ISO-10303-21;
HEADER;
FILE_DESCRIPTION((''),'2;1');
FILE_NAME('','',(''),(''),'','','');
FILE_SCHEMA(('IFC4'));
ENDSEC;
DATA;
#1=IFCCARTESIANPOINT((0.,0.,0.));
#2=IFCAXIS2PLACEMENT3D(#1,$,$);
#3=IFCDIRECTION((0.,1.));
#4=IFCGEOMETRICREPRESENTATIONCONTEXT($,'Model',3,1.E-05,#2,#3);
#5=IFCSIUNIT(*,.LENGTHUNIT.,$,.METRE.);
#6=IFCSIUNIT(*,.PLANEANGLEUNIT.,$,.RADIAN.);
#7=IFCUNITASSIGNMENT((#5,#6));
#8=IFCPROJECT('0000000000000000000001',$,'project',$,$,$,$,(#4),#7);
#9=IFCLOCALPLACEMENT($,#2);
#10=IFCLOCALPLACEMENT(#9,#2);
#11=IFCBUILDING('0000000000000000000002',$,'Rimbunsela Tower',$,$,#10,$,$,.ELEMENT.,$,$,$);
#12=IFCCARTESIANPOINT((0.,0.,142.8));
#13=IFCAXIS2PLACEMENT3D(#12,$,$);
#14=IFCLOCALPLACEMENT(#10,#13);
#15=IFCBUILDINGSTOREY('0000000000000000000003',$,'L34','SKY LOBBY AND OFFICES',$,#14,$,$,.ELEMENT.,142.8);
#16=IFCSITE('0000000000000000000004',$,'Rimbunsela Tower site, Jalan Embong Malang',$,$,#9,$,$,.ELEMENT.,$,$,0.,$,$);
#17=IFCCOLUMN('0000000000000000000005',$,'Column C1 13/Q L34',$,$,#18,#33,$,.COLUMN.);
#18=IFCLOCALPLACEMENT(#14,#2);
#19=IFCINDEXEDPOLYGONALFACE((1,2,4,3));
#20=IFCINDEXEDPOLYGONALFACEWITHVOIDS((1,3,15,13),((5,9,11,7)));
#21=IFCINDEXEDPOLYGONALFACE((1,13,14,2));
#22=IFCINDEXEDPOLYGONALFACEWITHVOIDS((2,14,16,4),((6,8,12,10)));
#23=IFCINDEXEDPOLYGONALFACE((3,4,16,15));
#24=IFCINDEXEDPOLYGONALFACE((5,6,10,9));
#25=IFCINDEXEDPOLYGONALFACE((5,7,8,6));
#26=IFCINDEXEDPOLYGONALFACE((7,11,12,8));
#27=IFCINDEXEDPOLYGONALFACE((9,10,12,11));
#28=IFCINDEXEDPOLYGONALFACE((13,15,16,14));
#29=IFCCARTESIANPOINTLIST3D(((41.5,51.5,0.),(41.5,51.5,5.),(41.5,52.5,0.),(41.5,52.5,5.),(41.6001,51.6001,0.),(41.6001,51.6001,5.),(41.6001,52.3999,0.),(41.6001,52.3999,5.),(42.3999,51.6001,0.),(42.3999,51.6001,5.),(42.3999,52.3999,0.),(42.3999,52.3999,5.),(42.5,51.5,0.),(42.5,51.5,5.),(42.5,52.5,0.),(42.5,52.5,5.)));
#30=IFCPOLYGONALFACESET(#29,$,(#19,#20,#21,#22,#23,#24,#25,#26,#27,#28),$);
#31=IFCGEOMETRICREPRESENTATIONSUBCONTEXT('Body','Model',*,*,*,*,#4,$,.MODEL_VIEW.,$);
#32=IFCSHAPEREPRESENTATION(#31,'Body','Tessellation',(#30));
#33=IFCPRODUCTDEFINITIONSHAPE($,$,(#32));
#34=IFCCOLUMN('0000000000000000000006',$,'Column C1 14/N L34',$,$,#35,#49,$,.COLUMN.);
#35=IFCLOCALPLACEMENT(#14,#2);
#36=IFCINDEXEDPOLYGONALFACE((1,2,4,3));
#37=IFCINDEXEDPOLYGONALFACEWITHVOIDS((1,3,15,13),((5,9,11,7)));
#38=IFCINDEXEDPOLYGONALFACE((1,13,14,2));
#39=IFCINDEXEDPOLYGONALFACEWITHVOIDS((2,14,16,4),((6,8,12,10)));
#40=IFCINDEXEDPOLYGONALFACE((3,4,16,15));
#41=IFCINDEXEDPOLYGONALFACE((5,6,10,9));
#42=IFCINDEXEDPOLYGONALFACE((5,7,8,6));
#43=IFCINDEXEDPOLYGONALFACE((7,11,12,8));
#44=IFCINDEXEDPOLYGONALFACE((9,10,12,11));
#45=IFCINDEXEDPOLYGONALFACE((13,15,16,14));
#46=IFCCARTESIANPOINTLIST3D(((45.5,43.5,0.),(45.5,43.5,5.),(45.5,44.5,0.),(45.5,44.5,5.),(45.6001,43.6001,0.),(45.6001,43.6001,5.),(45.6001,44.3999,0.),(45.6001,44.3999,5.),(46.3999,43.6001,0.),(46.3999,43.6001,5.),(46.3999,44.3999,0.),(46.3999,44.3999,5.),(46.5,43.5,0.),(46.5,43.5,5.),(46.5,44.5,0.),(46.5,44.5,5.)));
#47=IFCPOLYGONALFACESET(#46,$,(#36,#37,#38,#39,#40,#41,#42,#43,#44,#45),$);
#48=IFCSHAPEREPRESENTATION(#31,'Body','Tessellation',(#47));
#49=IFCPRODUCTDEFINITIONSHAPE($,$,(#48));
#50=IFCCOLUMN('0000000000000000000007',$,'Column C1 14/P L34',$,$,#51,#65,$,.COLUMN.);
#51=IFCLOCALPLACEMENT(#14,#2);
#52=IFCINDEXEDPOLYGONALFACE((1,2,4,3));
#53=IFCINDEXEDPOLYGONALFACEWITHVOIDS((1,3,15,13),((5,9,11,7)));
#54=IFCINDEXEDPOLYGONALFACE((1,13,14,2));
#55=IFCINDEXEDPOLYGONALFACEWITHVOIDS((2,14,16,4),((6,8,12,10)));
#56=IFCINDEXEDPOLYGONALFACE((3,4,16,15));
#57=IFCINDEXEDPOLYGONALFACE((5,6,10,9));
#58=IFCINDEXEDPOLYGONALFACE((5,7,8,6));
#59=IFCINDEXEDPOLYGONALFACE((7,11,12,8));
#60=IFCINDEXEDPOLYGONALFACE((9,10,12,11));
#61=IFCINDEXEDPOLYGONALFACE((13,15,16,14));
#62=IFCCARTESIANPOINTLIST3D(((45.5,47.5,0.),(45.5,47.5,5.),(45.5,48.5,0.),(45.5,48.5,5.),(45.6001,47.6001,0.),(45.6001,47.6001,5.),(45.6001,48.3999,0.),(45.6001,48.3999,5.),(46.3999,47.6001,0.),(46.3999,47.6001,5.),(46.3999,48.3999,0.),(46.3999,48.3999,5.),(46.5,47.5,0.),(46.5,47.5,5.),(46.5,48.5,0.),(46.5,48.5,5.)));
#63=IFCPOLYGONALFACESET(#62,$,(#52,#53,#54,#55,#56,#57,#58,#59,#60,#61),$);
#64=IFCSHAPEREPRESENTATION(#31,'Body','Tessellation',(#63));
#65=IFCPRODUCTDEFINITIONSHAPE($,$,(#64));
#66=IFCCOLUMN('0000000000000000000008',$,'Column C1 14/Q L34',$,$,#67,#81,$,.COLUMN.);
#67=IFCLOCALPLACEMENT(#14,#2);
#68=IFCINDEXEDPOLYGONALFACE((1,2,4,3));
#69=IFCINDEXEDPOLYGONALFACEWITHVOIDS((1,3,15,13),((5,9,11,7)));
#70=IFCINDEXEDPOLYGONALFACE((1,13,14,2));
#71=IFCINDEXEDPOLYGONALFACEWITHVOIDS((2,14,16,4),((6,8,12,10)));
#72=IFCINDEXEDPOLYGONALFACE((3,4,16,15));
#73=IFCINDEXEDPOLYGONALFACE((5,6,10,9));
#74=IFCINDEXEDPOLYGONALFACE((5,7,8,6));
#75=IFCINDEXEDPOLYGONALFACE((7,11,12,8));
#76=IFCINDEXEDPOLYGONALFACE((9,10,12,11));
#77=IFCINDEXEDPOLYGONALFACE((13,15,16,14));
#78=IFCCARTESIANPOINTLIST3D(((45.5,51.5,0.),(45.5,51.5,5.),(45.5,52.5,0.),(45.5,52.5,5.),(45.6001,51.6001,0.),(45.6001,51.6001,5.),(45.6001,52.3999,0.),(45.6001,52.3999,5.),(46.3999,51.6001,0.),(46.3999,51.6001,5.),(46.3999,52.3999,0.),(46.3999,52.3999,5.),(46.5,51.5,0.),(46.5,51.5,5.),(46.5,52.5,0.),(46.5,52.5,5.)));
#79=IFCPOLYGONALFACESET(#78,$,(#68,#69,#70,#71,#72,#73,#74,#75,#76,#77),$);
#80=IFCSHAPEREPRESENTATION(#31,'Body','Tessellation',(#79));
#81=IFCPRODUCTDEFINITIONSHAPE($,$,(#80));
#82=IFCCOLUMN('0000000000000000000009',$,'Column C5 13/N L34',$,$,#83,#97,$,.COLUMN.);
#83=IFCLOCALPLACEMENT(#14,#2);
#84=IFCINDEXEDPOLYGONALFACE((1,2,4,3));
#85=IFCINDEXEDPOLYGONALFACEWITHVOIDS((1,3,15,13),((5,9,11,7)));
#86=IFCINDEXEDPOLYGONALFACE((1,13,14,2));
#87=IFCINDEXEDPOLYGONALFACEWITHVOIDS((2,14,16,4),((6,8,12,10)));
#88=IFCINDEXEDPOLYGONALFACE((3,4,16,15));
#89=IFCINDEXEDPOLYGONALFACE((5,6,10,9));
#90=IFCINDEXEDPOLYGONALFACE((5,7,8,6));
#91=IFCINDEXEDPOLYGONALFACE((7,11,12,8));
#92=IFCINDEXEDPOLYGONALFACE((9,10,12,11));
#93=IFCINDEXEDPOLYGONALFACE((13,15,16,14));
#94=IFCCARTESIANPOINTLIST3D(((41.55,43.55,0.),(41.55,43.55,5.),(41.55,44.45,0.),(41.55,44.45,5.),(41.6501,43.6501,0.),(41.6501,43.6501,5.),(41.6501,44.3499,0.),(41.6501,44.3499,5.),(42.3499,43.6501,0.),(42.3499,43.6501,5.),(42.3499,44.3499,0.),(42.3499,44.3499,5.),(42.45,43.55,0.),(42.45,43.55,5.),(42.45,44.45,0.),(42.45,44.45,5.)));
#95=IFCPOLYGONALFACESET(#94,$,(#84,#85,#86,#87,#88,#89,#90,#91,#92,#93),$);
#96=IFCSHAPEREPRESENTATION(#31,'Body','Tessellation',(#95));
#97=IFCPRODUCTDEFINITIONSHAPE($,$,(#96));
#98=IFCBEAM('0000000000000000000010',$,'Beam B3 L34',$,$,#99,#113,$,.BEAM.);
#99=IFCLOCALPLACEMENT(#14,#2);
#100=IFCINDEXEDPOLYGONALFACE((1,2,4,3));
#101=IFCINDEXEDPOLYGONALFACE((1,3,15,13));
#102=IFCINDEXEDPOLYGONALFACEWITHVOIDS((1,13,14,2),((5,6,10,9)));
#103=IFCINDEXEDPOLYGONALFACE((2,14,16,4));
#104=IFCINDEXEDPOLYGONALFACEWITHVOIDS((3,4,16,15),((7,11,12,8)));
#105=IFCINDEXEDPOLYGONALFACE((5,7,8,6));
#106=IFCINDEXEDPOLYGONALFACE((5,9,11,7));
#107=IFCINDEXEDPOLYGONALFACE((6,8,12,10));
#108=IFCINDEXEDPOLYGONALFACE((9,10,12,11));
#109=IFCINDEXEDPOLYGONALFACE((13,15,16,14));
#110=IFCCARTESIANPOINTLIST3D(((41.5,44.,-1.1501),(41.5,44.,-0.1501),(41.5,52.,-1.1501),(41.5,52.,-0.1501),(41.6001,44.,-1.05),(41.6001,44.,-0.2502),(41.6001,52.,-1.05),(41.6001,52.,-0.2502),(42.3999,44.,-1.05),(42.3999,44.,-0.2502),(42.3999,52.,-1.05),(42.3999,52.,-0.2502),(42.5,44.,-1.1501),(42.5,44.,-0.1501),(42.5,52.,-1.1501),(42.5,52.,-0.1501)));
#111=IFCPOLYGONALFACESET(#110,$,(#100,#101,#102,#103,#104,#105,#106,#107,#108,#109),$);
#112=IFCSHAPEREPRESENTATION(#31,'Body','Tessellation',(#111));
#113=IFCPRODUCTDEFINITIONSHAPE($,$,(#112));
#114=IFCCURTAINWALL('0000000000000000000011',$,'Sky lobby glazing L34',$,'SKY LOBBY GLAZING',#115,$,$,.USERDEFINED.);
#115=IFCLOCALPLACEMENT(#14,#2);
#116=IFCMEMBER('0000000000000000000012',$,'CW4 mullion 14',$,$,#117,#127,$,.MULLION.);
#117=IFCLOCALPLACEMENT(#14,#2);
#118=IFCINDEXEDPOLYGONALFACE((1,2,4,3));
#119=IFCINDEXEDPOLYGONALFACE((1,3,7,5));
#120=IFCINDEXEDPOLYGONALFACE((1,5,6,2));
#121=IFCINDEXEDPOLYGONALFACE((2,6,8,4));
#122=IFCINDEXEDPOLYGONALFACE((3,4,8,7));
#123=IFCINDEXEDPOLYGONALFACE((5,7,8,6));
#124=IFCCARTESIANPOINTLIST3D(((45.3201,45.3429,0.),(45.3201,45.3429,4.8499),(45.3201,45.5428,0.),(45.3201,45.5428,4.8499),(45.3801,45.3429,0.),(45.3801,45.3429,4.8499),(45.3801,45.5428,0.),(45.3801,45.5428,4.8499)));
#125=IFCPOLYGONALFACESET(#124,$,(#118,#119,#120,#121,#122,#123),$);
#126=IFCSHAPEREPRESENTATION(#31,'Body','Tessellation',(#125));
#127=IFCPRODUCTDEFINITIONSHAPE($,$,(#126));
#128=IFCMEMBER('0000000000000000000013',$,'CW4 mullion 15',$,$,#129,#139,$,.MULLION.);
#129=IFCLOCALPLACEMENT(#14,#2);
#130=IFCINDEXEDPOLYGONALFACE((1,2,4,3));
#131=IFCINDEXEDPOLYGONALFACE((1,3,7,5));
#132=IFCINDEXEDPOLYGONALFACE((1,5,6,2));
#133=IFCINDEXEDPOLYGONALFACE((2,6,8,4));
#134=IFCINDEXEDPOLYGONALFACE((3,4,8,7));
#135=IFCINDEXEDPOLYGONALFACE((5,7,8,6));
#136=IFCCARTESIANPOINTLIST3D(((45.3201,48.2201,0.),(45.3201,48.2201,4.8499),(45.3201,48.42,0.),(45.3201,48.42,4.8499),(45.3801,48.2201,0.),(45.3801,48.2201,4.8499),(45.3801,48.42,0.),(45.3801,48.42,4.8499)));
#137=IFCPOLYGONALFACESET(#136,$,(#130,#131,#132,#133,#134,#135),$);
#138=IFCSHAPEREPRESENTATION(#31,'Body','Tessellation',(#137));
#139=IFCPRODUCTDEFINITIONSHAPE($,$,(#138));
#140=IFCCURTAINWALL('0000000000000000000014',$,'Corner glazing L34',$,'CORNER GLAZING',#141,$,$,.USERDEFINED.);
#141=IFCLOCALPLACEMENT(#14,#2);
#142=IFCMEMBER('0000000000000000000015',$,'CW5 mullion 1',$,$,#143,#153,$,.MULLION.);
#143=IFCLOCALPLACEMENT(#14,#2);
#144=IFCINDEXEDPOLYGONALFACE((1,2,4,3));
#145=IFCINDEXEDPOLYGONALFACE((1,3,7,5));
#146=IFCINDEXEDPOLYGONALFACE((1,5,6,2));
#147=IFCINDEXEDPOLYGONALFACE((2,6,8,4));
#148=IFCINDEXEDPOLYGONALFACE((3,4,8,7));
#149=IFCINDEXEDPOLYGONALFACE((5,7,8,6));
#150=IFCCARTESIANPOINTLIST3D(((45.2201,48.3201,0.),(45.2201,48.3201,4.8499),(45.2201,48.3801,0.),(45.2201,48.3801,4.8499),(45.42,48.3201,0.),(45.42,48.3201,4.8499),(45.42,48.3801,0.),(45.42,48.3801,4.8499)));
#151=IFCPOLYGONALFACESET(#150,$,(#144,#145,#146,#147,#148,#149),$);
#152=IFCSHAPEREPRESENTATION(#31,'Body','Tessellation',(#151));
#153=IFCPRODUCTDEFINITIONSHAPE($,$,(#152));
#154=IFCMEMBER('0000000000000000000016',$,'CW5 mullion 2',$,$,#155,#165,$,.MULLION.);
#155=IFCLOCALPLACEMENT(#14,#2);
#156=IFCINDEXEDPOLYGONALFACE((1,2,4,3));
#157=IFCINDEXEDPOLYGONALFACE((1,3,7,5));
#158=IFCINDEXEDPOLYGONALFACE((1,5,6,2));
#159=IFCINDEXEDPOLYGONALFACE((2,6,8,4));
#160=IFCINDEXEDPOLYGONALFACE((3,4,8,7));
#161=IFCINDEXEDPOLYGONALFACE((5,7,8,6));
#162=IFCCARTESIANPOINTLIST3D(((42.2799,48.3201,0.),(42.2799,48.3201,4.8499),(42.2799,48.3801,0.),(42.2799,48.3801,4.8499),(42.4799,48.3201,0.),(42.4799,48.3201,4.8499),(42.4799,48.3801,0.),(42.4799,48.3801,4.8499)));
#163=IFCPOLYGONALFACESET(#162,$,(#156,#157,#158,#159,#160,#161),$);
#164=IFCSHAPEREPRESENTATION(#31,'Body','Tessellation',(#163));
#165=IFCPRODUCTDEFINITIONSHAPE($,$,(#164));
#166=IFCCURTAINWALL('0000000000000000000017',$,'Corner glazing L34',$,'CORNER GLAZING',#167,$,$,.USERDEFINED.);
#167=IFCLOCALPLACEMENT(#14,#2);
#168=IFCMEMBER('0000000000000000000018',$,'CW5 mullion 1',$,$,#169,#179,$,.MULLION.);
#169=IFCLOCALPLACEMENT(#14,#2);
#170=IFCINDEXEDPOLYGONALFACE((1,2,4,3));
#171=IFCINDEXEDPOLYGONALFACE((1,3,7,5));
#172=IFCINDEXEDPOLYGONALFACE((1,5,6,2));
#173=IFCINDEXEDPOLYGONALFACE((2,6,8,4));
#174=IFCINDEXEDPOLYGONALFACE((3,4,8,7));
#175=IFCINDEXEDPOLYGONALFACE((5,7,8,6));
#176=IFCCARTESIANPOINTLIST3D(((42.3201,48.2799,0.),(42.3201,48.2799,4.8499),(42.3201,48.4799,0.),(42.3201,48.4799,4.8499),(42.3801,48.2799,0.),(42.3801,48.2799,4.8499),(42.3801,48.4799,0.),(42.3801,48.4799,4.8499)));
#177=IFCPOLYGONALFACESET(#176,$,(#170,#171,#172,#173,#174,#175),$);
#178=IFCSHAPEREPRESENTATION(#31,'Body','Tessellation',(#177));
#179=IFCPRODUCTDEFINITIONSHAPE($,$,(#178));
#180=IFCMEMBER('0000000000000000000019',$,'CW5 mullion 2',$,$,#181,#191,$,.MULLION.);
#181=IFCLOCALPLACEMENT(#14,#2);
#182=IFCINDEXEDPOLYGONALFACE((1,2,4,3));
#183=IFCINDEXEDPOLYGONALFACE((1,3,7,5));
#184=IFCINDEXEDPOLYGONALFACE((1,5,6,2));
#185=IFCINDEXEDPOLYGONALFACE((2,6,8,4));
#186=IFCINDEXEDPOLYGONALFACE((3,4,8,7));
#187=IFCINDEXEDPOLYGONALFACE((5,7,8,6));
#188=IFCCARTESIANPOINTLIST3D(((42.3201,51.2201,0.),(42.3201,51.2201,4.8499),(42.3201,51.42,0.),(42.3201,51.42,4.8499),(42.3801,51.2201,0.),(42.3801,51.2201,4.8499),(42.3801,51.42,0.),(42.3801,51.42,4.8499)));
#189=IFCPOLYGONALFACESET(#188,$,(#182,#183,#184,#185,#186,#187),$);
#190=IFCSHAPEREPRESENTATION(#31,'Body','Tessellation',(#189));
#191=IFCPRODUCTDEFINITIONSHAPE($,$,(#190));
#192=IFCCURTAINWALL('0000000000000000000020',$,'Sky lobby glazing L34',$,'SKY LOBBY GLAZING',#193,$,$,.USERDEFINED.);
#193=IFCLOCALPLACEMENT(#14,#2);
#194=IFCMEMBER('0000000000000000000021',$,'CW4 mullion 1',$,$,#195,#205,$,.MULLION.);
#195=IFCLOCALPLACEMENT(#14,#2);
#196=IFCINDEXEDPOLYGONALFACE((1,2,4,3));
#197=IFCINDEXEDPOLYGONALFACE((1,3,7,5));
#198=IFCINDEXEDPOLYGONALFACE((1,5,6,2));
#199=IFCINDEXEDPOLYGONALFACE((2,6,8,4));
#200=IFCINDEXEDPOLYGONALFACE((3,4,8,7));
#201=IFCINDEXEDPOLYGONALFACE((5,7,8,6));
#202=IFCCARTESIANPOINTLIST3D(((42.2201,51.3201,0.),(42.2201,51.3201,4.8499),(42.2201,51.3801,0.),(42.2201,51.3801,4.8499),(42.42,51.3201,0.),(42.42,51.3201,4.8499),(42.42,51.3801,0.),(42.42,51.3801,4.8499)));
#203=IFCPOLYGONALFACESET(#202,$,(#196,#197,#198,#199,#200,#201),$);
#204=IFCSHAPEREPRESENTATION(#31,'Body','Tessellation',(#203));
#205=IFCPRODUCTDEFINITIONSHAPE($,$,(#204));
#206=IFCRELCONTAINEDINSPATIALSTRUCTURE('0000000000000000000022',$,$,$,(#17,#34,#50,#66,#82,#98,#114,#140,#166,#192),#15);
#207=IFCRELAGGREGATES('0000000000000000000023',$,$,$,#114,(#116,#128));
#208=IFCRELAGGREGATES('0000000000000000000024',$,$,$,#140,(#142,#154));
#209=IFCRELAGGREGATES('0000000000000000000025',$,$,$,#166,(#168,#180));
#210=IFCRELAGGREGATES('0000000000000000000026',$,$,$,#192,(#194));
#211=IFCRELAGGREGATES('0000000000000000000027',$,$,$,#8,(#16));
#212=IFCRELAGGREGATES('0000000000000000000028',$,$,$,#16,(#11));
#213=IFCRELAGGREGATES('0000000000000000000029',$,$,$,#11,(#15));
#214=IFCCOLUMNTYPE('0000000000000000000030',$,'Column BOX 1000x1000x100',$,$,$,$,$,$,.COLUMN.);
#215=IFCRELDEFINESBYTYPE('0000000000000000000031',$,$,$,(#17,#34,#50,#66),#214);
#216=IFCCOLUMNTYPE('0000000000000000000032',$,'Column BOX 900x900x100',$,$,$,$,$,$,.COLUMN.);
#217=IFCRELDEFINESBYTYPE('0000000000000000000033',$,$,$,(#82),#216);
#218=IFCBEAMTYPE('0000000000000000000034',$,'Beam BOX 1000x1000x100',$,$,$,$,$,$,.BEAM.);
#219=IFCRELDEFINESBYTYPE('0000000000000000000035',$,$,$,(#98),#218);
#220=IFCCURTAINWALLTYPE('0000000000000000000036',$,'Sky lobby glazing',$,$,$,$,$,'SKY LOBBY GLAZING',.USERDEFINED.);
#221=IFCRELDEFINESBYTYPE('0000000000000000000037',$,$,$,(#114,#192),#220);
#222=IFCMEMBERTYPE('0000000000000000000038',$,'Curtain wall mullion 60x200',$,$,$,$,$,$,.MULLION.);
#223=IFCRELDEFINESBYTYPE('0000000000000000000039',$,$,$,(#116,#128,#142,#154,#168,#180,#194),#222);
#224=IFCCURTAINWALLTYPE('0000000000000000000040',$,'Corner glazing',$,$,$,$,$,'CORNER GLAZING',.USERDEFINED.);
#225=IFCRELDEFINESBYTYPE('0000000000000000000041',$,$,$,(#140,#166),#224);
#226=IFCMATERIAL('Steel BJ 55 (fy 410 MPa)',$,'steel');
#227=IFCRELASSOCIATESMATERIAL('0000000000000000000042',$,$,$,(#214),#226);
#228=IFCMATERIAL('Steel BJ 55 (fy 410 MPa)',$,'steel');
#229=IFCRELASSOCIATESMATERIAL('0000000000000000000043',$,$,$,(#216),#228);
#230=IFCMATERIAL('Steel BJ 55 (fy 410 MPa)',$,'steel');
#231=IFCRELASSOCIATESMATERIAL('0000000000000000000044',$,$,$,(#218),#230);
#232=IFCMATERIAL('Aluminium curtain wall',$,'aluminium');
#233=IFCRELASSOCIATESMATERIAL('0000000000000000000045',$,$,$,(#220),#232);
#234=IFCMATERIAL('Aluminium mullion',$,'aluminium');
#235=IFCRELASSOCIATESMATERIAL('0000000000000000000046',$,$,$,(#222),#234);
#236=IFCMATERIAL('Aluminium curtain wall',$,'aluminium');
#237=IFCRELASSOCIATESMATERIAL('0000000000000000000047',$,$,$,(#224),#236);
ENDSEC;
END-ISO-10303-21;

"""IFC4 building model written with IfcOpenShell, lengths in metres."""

from ifc_helpers import new_model, si_unit, direction, frame, origin, origin_2d, place, context, subcontext, project, spatial, rectangle, hollow_rectangle, extrude, material, material_profile, profile_set, type_object, element, aggregate, save


model = new_model("IFC4")

# Units and contexts
model_context = context("Model", 3, precision=1e-05, world=origin(), true_north=direction((0.0, 1.0)))
body_context = subcontext(model_context, "Body", "Model", "MODEL_VIEW")
ifc_project = project(units=[si_unit("LENGTHUNIT", "METRE"), si_unit("PLANEANGLEUNIT", "RADIAN")], contexts=[model_context])

# Site, building, storey
site_placement = place(None, origin())
site = spatial("IfcSite", under=ifc_project, at=site_placement, Name="Rimbunsela Tower site, Jalan Embong Malang", CompositionType="ELEMENT", RefElevation=0.0)
building_placement = place(site_placement, origin())
building = spatial("IfcBuilding", under=site, at=building_placement, Name="Rimbunsela Tower", CompositionType="ELEMENT")
storey_placement = place(building_placement, frame((0.0, 0.0, 142.8)))
storey = spatial("IfcBuildingStorey", under=building, at=storey_placement, Name="L34", Description="SKY LOBBY AND OFFICES", CompositionType="ELEMENT", Elevation=142.8)

# Columns
ifc_material_1 = material(Name="Steel BJ 55 (fy 410 MPa)", Category="steel")
ifc_material_profile_1 = material_profile(ifc_material_1, hollow_rectangle(XDim=1.0, YDim=1.0, WallThickness=0.1001, at=origin_2d()), Name="BOX 1000x1000x100")
ifc_profile_set_1 = profile_set([ifc_material_profile_1], Name="Steel BJ 55 (fy 410 MPa)")
column_type_1 = type_object("IfcColumnType", Name="Column BOX 1000x1000x100", PredefinedType="COLUMN", material=ifc_profile_set_1)
for number, where, z_axis, x_axis, name in (
    (1, (42.0, 52.0, 0.0), (0.0, 0.0, 1.0), (1.0, 0.0, 0.0), "Column C1 13/Q L34"),
    (2, (46.0, 44.0, 0.0), (0.0, 0.0, 1.0), (1.0, 0.0, 0.0), "Column C1 14/N L34"),
    (3, (46.0, 48.0, 0.0), (0.0, 0.0, 1.0), (1.0, 0.0, 0.0), "Column C1 14/P L34"),
    (4, (46.0, 52.0, 0.0), (0.0, 0.0, 1.0), (1.0, 0.0, 0.0), "Column C1 14/Q L34"),
):
    element("IfcColumn", number, at=place(storey_placement, frame(where, z_axis=z_axis, x_axis=x_axis)), inside=storey, type_object=column_type_1, Name=name, PredefinedType="COLUMN", context=body_context, shape_type="SweptSolid", body=[
        extrude(hollow_rectangle(XDim=1.0, YDim=1.0, WallThickness=0.1001, at=origin_2d()), origin(), (0.0, 0.0, 1.0), 5.0),
    ])
ifc_material_2 = material(Name="Steel BJ 55 (fy 410 MPa)", Category="steel")
ifc_material_profile_2 = material_profile(ifc_material_2, hollow_rectangle(XDim=0.8999, YDim=0.8999, WallThickness=0.1001, at=origin_2d()), Name="BOX 900x900x100")
ifc_profile_set_2 = profile_set([ifc_material_profile_2], Name="Steel BJ 55 (fy 410 MPa)")
column_type_2 = type_object("IfcColumnType", Name="Column BOX 900x900x100", PredefinedType="COLUMN", material=ifc_profile_set_2)
column_placement = place(storey_placement, frame((42.0, 44.0, 0.0), z_axis=(0.0, 0.0, 1.0), x_axis=(1.0, 0.0, 0.0)))
element("IfcColumn", 5, at=column_placement, inside=storey, type_object=column_type_2, Name="Column C5 13/N L34", PredefinedType="COLUMN", context=body_context, shape_type="SweptSolid", body=[
    extrude(hollow_rectangle(XDim=0.8999, YDim=0.8999, WallThickness=0.1001, at=origin_2d()), origin(), (0.0, 0.0, 1.0), 5.0),
])

# Beam
ifc_material_3 = material(Name="Steel BJ 55 (fy 410 MPa)", Category="steel")
ifc_material_profile_3 = material_profile(ifc_material_3, hollow_rectangle(XDim=1.0, YDim=1.0, WallThickness=0.1001, at=origin_2d()), Name="BOX 1000x1000x100")
ifc_profile_set_3 = profile_set([ifc_material_profile_3], Name="Steel BJ 55 (fy 410 MPa)")
beam_type = type_object("IfcBeamType", Name="Beam BOX 1000x1000x100", PredefinedType="BEAM", material=ifc_profile_set_3)
beam_placement = place(storey_placement, frame((42.0, 44.0, -0.6501), z_axis=(0.0, 1.0, 0.0), x_axis=(-1.0, 0.0, 0.0)))
element("IfcBeam", 6, at=beam_placement, inside=storey, type_object=beam_type, Name="Beam B3 L34", PredefinedType="BEAM", context=body_context, shape_type="SweptSolid", body=[
    extrude(hollow_rectangle(XDim=1.0, YDim=1.0, WallThickness=0.1001, at=origin_2d()), origin(), (0.0, 0.0, 1.0), 8.0),
])

# Curtain walls, members
ifc_material_4 = material(Name="Aluminium curtain wall", Category="aluminium")
curtain_wall_type_1 = type_object("IfcCurtainWallType", Name="Sky lobby glazing", ElementType="SKY LOBBY GLAZING", PredefinedType="USERDEFINED", material=ifc_material_4)
curtain_wall_1_placement = place(storey_placement, origin())
curtain_wall_1 = element("IfcCurtainWall", 7, at=curtain_wall_1_placement, inside=storey, type_object=curtain_wall_type_1, Name="Sky lobby glazing L34", ObjectType="SKY LOBBY GLAZING", PredefinedType="USERDEFINED")
ifc_material_5 = material(Name="Aluminium mullion", Category="aluminium")
ifc_material_profile_4 = material_profile(ifc_material_5, rectangle(XDim=0.0601, YDim=0.2, at=origin_2d()), Name="Mullion 60x200")
ifc_profile_set_4 = profile_set([ifc_material_profile_4], Name="Aluminium mullion")
member_type_1 = type_object("IfcMemberType", Name="Curtain wall mullion 60x200", PredefinedType="MULLION", material=ifc_profile_set_4)
member_1_placement = place(storey_placement, frame((45.3501, 45.4429, 0.0), z_axis=(0.0, 0.0, 1.0), x_axis=(-1.0, 0.0, 0.0)))
member_1 = element("IfcMember", 8, at=member_1_placement, type_object=member_type_1, Name="CW4 mullion 14", PredefinedType="MULLION", context=body_context, shape_type="SweptSolid", body=[
    extrude(rectangle(XDim=0.0601, YDim=0.2, at=origin_2d()), origin(), (0.0, 0.0, 1.0), 4.8499),
])
member_2_placement = place(storey_placement, frame((45.3501, 48.3201, 0.0), z_axis=(0.0, 0.0, 1.0), x_axis=(-1.0, 0.0, 0.0)))
member_2 = element("IfcMember", 9, at=member_2_placement, type_object=member_type_1, Name="CW4 mullion 15", PredefinedType="MULLION", context=body_context, shape_type="SweptSolid", body=[
    extrude(rectangle(XDim=0.0601, YDim=0.2, at=origin_2d()), origin(), (0.0, 0.0, 1.0), 4.8499),
])
ifc_material_6 = material(Name="Aluminium curtain wall", Category="aluminium")
curtain_wall_type_2 = type_object("IfcCurtainWallType", Name="Corner glazing", ElementType="CORNER GLAZING", PredefinedType="USERDEFINED", material=ifc_material_6)
curtain_wall_2_placement = place(storey_placement, origin())
curtain_wall_2 = element("IfcCurtainWall", 10, at=curtain_wall_2_placement, inside=storey, type_object=curtain_wall_type_2, Name="Corner glazing L34", ObjectType="CORNER GLAZING", PredefinedType="USERDEFINED")
member_3_placement = place(storey_placement, frame((45.3201, 48.3501, 0.0), z_axis=(0.0, 0.0, 1.0), x_axis=(0.0, -1.0, 0.0)))
member_3 = element("IfcMember", 11, at=member_3_placement, type_object=member_type_1, Name="CW5 mullion 1", PredefinedType="MULLION", context=body_context, shape_type="SweptSolid", body=[
    extrude(rectangle(XDim=0.0601, YDim=0.2, at=origin_2d()), origin(), (0.0, 0.0, 1.0), 4.8499),
])
member_4_placement = place(storey_placement, frame((42.3799, 48.3501, 0.0), z_axis=(0.0, 0.0, 1.0), x_axis=(0.0, -1.0, 0.0)))
member_4 = element("IfcMember", 12, at=member_4_placement, type_object=member_type_1, Name="CW5 mullion 2", PredefinedType="MULLION", context=body_context, shape_type="SweptSolid", body=[
    extrude(rectangle(XDim=0.0601, YDim=0.2, at=origin_2d()), origin(), (0.0, 0.0, 1.0), 4.8499),
])
curtain_wall_3_placement = place(storey_placement, origin())
curtain_wall_3 = element("IfcCurtainWall", 13, at=curtain_wall_3_placement, inside=storey, type_object=curtain_wall_type_2, Name="Corner glazing L34", ObjectType="CORNER GLAZING", PredefinedType="USERDEFINED")
member_5_placement = place(storey_placement, frame((42.3501, 48.3799, 0.0), z_axis=(0.0, 0.0, 1.0), x_axis=(-1.0, 0.0, 0.0)))
member_5 = element("IfcMember", 14, at=member_5_placement, type_object=member_type_1, Name="CW5 mullion 1", PredefinedType="MULLION", context=body_context, shape_type="SweptSolid", body=[
    extrude(rectangle(XDim=0.0601, YDim=0.2, at=origin_2d()), origin(), (0.0, 0.0, 1.0), 4.8499),
])
member_6_placement = place(storey_placement, frame((42.3501, 51.3201, 0.0), z_axis=(0.0, 0.0, 1.0), x_axis=(-1.0, 0.0, 0.0)))
member_6 = element("IfcMember", 15, at=member_6_placement, type_object=member_type_1, Name="CW5 mullion 2", PredefinedType="MULLION", context=body_context, shape_type="SweptSolid", body=[
    extrude(rectangle(XDim=0.0601, YDim=0.2, at=origin_2d()), origin(), (0.0, 0.0, 1.0), 4.8499),
])
curtain_wall_4_placement = place(storey_placement, origin())
curtain_wall_4 = element("IfcCurtainWall", 16, at=curtain_wall_4_placement, inside=storey, type_object=curtain_wall_type_1, Name="Sky lobby glazing L34", ObjectType="SKY LOBBY GLAZING", PredefinedType="USERDEFINED")
member_7_placement = place(storey_placement, frame((42.3201, 51.3501, 0.0), z_axis=(0.0, 0.0, 1.0), x_axis=(0.0, -1.0, 0.0)))
member_7 = element("IfcMember", 17, at=member_7_placement, type_object=member_type_1, Name="CW4 mullion 1", PredefinedType="MULLION", context=body_context, shape_type="SweptSolid", body=[
    extrude(rectangle(XDim=0.0601, YDim=0.2, at=origin_2d()), origin(), (0.0, 0.0, 1.0), 4.8499),
])

aggregate(curtain_wall_1, [member_1, member_2])
aggregate(curtain_wall_2, [member_3, member_4])
aggregate(curtain_wall_3, [member_5, member_6])
aggregate(curtain_wall_4, [member_7])

save(model, "model.ifc")
